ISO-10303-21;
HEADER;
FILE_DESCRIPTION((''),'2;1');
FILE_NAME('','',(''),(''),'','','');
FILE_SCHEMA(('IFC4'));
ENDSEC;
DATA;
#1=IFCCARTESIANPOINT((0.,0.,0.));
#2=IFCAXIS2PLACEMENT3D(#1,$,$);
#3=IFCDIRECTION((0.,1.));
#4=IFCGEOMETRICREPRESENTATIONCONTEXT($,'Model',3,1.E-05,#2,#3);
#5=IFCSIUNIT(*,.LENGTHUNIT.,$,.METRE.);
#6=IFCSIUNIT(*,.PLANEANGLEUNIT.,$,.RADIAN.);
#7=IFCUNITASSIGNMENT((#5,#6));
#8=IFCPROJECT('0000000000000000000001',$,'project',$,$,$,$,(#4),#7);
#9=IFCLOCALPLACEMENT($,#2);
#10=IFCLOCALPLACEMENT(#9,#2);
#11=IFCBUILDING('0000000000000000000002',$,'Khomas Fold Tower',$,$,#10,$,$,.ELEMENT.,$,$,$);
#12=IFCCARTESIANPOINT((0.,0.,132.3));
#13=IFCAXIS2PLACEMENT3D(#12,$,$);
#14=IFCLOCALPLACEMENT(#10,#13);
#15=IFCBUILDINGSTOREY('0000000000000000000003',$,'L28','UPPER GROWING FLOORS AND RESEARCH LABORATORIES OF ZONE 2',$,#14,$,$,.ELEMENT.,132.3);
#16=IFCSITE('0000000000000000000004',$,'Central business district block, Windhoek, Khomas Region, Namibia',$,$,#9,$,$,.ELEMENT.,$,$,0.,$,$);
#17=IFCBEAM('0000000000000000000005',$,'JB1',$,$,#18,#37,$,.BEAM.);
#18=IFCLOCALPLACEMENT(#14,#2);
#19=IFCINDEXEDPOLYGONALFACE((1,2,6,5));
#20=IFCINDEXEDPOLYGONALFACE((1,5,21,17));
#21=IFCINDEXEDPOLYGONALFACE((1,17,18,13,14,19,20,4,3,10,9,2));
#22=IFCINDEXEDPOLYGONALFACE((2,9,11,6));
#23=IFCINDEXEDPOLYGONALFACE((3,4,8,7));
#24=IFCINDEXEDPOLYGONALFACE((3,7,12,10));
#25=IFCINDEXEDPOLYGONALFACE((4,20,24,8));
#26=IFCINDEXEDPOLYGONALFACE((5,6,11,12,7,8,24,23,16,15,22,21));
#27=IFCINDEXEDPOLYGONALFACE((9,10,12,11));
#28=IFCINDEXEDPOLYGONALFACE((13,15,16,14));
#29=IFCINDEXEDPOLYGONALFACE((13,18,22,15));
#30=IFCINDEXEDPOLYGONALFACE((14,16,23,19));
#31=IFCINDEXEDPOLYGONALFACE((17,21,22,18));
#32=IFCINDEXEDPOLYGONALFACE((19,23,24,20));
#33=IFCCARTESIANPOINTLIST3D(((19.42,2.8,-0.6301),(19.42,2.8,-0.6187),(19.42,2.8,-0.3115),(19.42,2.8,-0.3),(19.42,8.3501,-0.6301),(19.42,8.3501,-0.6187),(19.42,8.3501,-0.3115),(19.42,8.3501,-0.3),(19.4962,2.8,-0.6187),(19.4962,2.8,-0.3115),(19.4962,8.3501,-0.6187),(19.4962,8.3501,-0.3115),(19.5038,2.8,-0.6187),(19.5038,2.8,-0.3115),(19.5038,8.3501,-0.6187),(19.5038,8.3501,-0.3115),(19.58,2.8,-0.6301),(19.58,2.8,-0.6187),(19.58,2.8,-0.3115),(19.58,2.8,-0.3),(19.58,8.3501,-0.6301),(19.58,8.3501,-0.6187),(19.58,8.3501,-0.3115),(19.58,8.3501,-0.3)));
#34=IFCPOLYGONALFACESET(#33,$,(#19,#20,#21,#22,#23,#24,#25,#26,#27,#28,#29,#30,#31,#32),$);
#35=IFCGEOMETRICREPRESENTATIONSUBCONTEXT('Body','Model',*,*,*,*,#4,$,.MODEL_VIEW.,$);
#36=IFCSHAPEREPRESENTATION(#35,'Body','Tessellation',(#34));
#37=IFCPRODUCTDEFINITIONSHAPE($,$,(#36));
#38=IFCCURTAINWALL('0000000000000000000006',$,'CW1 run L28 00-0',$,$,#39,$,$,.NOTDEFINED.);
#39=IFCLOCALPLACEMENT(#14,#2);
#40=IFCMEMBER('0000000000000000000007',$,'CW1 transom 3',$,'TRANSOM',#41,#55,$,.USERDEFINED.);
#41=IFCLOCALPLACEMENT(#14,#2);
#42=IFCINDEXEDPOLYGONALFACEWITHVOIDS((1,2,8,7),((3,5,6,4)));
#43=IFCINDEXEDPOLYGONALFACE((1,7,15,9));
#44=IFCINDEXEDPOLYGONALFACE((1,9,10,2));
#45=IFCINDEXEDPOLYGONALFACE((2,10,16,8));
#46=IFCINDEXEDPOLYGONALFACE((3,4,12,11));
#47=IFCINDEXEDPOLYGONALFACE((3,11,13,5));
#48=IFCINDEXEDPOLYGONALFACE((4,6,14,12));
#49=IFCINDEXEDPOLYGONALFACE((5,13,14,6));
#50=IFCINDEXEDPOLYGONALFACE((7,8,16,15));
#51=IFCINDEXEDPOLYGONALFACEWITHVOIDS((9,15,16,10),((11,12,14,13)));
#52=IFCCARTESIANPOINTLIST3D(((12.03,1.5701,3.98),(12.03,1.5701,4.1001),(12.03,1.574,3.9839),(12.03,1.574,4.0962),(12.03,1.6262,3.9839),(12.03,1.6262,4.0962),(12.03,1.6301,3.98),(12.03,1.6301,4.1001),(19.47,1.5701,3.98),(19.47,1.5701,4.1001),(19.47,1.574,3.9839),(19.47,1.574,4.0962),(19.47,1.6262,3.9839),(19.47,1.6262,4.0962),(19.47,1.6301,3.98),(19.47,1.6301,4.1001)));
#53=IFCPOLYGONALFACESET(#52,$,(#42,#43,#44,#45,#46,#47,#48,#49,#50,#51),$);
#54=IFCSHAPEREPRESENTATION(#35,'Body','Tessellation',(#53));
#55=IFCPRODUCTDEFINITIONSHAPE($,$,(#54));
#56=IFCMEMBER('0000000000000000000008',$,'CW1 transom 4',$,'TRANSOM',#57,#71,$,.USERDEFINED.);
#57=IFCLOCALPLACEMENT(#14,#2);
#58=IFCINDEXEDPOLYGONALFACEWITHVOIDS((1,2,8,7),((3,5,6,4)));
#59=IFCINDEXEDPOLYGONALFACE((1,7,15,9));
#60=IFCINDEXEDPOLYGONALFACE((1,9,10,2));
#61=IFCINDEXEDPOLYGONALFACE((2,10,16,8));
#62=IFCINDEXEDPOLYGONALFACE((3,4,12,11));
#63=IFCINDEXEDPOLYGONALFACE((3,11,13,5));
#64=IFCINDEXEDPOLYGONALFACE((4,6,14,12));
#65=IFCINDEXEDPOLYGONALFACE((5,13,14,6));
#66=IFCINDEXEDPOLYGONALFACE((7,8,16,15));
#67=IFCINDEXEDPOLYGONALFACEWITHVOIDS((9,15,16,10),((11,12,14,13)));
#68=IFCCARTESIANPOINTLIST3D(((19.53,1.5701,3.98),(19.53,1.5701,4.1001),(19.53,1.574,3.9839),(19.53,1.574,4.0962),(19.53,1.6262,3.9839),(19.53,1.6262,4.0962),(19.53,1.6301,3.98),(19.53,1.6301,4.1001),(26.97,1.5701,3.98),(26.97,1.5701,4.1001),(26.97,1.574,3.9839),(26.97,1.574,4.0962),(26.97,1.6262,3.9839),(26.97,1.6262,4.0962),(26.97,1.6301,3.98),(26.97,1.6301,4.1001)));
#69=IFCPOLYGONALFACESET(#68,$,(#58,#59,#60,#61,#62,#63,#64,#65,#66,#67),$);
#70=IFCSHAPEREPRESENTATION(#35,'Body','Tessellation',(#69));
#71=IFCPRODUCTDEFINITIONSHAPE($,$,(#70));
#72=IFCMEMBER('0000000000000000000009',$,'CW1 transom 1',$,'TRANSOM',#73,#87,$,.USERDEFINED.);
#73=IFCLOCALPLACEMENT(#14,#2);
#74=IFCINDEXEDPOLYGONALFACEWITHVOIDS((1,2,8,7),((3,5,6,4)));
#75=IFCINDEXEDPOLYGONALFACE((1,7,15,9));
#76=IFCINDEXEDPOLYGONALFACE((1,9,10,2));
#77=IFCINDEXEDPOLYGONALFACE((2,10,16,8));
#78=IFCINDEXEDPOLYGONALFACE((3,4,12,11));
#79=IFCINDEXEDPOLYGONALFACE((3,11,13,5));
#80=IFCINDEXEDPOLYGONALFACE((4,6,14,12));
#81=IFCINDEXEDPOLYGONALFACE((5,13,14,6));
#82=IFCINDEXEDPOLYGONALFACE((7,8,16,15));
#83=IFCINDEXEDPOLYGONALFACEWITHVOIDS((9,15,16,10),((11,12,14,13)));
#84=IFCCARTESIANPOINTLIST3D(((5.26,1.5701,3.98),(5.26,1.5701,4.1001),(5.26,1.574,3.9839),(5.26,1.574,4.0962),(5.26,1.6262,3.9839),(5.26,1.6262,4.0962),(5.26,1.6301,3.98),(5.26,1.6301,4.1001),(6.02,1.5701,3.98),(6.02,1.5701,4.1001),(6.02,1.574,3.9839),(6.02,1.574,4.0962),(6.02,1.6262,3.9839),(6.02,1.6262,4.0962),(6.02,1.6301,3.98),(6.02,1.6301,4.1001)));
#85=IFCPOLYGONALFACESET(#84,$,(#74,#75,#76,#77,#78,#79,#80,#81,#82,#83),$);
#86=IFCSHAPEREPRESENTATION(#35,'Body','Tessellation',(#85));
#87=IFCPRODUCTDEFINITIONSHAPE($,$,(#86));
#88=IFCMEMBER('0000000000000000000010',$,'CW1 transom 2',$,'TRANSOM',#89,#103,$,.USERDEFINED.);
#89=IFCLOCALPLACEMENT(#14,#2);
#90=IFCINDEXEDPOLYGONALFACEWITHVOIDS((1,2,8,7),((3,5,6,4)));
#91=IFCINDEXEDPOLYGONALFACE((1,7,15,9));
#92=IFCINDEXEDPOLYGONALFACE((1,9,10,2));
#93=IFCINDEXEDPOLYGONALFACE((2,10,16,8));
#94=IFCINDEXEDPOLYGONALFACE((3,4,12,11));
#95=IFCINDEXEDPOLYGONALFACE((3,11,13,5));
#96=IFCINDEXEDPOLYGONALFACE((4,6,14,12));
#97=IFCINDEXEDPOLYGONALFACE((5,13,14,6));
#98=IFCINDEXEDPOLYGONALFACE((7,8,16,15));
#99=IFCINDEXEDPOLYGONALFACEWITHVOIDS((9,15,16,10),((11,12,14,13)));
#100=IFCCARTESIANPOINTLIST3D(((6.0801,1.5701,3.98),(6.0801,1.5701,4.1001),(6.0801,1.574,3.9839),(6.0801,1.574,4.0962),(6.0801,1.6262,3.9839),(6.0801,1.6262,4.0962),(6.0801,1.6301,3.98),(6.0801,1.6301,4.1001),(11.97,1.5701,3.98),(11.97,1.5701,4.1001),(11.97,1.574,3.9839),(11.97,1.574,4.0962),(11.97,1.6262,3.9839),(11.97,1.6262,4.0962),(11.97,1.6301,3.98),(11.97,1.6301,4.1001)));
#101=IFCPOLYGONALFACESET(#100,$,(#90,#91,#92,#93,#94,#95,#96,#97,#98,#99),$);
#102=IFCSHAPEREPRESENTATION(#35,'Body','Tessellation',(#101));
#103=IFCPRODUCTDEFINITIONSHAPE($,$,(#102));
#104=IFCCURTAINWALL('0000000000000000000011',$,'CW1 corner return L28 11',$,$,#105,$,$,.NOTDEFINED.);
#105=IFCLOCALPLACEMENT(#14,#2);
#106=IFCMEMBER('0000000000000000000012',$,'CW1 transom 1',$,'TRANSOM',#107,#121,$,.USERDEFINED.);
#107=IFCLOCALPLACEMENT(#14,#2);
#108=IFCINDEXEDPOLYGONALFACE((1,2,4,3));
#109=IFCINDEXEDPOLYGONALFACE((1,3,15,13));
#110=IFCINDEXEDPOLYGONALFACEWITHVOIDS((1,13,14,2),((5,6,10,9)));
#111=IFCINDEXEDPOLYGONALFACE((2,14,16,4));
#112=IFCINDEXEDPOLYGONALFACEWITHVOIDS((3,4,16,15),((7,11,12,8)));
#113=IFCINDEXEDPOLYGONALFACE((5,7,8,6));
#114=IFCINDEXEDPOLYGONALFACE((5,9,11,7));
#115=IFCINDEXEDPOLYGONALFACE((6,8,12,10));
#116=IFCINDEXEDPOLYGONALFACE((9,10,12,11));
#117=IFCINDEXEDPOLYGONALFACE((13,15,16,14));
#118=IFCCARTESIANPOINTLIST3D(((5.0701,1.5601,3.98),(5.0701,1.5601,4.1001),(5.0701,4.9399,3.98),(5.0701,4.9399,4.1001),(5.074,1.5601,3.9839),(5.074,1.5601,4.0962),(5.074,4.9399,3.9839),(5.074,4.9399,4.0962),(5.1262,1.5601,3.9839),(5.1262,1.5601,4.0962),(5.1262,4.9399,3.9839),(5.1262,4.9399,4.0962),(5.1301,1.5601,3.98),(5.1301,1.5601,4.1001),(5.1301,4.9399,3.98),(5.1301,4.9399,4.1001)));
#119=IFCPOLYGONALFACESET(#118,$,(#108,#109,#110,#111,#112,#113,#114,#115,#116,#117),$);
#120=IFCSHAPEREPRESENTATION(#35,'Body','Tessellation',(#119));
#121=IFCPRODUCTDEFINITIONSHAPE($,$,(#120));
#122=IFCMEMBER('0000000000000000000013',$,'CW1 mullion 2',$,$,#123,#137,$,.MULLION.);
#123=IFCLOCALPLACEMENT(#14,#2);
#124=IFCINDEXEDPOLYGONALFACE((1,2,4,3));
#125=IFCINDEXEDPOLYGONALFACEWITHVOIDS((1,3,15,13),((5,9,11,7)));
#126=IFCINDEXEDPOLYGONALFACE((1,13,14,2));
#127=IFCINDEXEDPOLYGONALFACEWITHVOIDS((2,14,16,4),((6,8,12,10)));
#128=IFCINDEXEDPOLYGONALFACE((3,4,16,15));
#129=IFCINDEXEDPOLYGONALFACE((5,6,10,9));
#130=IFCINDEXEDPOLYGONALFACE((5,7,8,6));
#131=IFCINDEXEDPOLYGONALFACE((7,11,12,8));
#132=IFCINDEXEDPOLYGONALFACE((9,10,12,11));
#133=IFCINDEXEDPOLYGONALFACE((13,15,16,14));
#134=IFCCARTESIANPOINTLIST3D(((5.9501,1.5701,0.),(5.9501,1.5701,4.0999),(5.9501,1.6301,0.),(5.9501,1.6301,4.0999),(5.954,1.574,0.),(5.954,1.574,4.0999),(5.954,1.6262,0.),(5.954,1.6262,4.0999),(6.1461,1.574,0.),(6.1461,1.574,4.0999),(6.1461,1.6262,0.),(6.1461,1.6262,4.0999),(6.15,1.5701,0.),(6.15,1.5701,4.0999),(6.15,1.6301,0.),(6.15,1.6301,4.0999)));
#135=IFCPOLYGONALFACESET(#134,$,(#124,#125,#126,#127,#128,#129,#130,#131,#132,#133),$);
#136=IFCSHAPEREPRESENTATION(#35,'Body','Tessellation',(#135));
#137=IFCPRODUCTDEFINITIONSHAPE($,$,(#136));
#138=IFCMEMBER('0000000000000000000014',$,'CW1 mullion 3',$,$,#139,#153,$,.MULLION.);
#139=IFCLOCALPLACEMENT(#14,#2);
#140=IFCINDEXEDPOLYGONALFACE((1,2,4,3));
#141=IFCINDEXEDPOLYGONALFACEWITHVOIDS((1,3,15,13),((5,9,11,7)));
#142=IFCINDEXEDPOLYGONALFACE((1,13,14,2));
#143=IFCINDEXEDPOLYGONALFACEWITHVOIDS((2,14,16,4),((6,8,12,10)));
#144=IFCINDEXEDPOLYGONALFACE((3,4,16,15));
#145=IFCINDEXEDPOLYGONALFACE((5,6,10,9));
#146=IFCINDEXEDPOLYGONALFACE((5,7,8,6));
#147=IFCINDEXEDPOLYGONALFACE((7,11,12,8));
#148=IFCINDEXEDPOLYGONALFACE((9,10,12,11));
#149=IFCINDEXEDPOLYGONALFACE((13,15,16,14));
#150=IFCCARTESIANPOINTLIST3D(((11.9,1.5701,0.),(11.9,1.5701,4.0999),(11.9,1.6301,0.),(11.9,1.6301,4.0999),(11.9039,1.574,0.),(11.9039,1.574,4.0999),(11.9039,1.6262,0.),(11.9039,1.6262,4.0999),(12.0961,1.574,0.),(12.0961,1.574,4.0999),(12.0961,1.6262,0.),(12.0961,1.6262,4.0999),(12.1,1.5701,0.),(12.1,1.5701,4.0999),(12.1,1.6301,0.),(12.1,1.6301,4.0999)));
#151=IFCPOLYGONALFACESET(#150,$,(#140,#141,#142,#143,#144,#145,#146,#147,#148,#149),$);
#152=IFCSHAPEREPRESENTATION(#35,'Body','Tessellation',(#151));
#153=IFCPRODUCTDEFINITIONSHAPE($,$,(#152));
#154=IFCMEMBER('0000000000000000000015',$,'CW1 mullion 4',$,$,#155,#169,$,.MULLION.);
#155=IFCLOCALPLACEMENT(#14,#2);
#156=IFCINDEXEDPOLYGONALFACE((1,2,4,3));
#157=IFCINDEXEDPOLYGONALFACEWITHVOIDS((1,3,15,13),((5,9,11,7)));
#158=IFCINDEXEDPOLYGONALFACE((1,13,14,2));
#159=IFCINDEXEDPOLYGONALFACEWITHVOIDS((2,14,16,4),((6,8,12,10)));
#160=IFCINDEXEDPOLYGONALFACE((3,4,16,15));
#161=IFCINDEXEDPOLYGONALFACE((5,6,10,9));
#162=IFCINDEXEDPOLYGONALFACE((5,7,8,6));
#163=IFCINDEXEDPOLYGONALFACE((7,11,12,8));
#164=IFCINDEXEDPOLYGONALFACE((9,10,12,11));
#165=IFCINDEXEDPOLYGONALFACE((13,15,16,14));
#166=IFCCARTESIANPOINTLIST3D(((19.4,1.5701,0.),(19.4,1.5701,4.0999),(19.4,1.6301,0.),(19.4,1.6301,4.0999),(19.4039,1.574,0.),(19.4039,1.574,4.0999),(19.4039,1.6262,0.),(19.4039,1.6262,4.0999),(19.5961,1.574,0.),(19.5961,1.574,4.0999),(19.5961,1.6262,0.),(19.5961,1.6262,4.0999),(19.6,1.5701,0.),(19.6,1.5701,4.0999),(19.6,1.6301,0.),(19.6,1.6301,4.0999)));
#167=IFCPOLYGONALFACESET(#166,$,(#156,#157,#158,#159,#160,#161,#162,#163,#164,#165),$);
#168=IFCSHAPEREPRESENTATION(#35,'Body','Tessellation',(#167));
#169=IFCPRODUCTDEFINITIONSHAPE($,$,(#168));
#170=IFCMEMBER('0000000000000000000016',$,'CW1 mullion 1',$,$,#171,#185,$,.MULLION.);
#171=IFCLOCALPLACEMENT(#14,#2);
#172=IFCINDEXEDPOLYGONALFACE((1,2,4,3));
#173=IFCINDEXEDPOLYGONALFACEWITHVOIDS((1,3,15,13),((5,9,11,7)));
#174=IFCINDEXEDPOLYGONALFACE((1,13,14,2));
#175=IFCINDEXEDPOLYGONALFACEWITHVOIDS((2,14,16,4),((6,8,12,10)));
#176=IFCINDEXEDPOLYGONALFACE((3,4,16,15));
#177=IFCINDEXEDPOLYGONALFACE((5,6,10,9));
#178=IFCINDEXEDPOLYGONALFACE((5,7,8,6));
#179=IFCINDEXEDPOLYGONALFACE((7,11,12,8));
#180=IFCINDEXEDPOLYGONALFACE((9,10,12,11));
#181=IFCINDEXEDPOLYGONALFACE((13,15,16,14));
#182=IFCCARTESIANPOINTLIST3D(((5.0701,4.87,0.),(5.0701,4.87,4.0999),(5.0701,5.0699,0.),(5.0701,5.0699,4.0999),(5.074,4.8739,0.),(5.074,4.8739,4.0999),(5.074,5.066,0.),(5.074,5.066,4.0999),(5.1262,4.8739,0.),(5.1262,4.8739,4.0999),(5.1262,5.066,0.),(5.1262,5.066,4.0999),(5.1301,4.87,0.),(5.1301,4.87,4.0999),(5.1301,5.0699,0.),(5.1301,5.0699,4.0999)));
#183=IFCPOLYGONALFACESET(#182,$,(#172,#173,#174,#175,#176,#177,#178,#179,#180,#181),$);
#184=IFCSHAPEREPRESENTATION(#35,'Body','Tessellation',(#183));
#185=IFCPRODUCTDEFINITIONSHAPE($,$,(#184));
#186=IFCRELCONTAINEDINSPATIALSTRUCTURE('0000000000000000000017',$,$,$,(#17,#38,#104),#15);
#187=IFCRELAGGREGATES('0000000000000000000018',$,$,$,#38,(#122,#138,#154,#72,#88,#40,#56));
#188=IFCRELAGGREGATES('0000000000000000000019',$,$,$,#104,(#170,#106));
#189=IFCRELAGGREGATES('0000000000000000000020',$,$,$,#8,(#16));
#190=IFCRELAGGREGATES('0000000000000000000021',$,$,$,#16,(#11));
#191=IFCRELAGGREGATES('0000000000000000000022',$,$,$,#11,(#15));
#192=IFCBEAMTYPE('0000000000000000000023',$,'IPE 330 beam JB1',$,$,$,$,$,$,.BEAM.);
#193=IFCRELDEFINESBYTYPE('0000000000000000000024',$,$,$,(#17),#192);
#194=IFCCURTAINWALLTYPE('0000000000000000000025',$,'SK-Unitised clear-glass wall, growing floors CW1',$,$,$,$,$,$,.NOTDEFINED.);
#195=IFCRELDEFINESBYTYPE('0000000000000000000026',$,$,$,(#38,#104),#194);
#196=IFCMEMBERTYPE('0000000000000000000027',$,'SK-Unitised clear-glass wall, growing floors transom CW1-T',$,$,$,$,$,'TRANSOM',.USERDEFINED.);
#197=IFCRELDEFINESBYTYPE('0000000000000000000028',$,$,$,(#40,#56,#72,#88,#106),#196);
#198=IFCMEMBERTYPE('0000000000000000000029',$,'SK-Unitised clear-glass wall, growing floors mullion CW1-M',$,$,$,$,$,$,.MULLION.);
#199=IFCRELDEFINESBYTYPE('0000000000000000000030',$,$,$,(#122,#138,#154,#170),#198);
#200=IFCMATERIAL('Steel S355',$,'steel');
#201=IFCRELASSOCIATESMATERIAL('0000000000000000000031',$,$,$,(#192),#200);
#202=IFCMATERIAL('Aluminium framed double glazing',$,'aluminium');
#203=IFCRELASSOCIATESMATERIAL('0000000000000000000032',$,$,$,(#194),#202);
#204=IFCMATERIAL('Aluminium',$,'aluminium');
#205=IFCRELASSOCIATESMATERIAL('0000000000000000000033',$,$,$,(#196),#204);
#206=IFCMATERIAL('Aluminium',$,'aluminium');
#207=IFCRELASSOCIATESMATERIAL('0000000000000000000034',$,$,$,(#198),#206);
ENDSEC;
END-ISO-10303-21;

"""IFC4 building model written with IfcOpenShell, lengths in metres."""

from ifc_helpers import new_model, si_unit, direction, frame, origin, origin_2d, place, context, subcontext, project, spatial, hollow_rectangle, i_section, extrude, source, transform, mapped, material, material_profile, profile_set, type_object, element, aggregate, save


model = new_model("IFC4")

# Units and contexts
model_context = context("Model", 3, precision=1e-05, world=origin(), true_north=direction((0.0, 1.0)))
body_context = subcontext(model_context, "Body", "Model", "MODEL_VIEW")
ifc_project = project(units=[si_unit("LENGTHUNIT", "METRE"), si_unit("PLANEANGLEUNIT", "RADIAN")], contexts=[model_context])

# Site, building, storey
site_placement = place(None, origin())
site = spatial("IfcSite", under=ifc_project, at=site_placement, Name="Central business district block, Windhoek, Khomas Region, Namibia", CompositionType="ELEMENT", RefElevation=0.0)
building_placement = place(site_placement, origin())
building = spatial("IfcBuilding", under=site, at=building_placement, Name="Khomas Fold Tower", CompositionType="ELEMENT")
storey_placement = place(building_placement, frame((0.0, 0.0, 132.3)))
storey = spatial("IfcBuildingStorey", under=building, at=storey_placement, Name="L28", Description="UPPER GROWING FLOORS AND RESEARCH LABORATORIES OF ZONE 2", CompositionType="ELEMENT", Elevation=132.3)

# Beam
ifc_material_1 = material(Name="Steel S355", Category="steel")
ifc_material_profile_1 = material_profile(ifc_material_1, i_section(OverallWidth=0.1599, OverallDepth=0.3301, WebThickness=0.0076, FlangeThickness=0.0115, at=origin_2d()), Name="IPE 330")
ifc_profile_set_1 = profile_set([ifc_material_profile_1], Name="Steel S355")
beam_type_1 = type_object("IfcBeamType", Name="IPE 330 beam JB1", PredefinedType="BEAM", material=ifc_profile_set_1)
shared_shape_1 = source(origin(), body_context, "Body", "SweptSolid", [
    extrude(i_section(OverallWidth=0.1599, OverallDepth=0.3301, WebThickness=0.0076, FlangeThickness=0.0115, at=origin_2d()), origin(), (0.0, 0.0, 1.0), 5.55),
])
beam_1_placement = place(storey_placement, frame((19.5, 2.8, -0.4651), z_axis=(0.0, 1.0, 0.0), x_axis=(-1.0, 0.0, 0.0)))
element("IfcBeam", 1, at=beam_1_placement, inside=storey, type_object=beam_type_1, Name="JB1", PredefinedType="BEAM", context=body_context, shape_type="MappedRepresentation", body=[
    mapped(shared_shape_1, transform((0.0, 0.0, 0.0))),
])

# Curtain wall, members
ifc_material_2 = material(Name="Aluminium framed double glazing", Category="aluminium")
curtain_wall_type = type_object("IfcCurtainWallType", Name="SK-Unitised clear-glass wall, growing floors CW1", PredefinedType="NOTDEFINED", material=ifc_material_2)
curtain_wall_1_placement = place(storey_placement, origin())
curtain_wall_1 = element("IfcCurtainWall", 2, at=curtain_wall_1_placement, inside=storey, type_object=curtain_wall_type, Name="CW1 run L28 00-0", PredefinedType="NOTDEFINED")
ifc_material_3 = material(Name="Aluminium", Category="aluminium")
ifc_material_profile_2 = material_profile(ifc_material_3, hollow_rectangle(XDim=0.0601, YDim=0.1201, WallThickness=0.0039, at=origin_2d()), Name="SK-Unitised clear-glass wall, growing floors transom CW1-T")
ifc_profile_set_2 = profile_set([ifc_material_profile_2], Name="Aluminium")
member_type_1 = type_object("IfcMemberType", Name="SK-Unitised clear-glass wall, growing floors transom CW1-T", ElementType="TRANSOM", PredefinedType="USERDEFINED", material=ifc_profile_set_2)
shared_shape_2 = source(origin(), body_context, "Body", "SweptSolid", [
    extrude(hollow_rectangle(XDim=0.0601, YDim=0.1201, WallThickness=0.0039, at=origin_2d()), origin(), (0.0, 0.0, 1.0), 7.4399),
])
member_1_placement = place(storey_placement, frame((12.03, 1.6001, 4.04), z_axis=(1.0, 0.0, 0.0), x_axis=(0.0, 1.0, 0.0)))
member_1 = element("IfcMember", 3, at=member_1_placement, type_object=member_type_1, Name="CW1 transom 3", ObjectType="TRANSOM", PredefinedType="USERDEFINED", context=body_context, shape_type="MappedRepresentation", body=[
    mapped(shared_shape_2, transform((0.0, 0.0, 0.0))),
])
member_2_placement = place(storey_placement, frame((19.53, 1.6001, 4.04), z_axis=(1.0, 0.0, 0.0), x_axis=(0.0, 1.0, 0.0)))
member_2 = element("IfcMember", 4, at=member_2_placement, type_object=member_type_1, Name="CW1 transom 4", ObjectType="TRANSOM", PredefinedType="USERDEFINED", context=body_context, shape_type="MappedRepresentation", body=[
    mapped(shared_shape_2, transform((0.0, 0.0, 0.0))),
])
shared_shape_3 = source(origin(), body_context, "Body", "SweptSolid", [
    extrude(hollow_rectangle(XDim=0.0601, YDim=0.1201, WallThickness=0.0039, at=origin_2d()), origin(), (0.0, 0.0, 1.0), 0.76),
])
member_3_placement = place(storey_placement, frame((5.26, 1.6001, 4.04), z_axis=(1.0, 0.0, 0.0), x_axis=(0.0, 1.0, 0.0)))
member_3 = element("IfcMember", 5, at=member_3_placement, type_object=member_type_1, Name="CW1 transom 1", ObjectType="TRANSOM", PredefinedType="USERDEFINED", context=body_context, shape_type="MappedRepresentation", body=[
    mapped(shared_shape_3, transform((0.0, 0.0, 0.0))),
])
shared_shape_4 = source(origin(), body_context, "Body", "SweptSolid", [
    extrude(hollow_rectangle(XDim=0.0601, YDim=0.1201, WallThickness=0.0039, at=origin_2d()), origin(), (0.0, 0.0, 1.0), 5.8899),
])
member_4_placement = place(storey_placement, frame((6.0801, 1.6001, 4.04), z_axis=(1.0, 0.0, 0.0), x_axis=(0.0, 1.0, 0.0)))
member_4 = element("IfcMember", 6, at=member_4_placement, type_object=member_type_1, Name="CW1 transom 2", ObjectType="TRANSOM", PredefinedType="USERDEFINED", context=body_context, shape_type="MappedRepresentation", body=[
    mapped(shared_shape_4, transform((0.0, 0.0, 0.0))),
])

# Curtain wall, member
curtain_wall_2_placement = place(storey_placement, origin())
curtain_wall_2 = element("IfcCurtainWall", 7, at=curtain_wall_2_placement, inside=storey, type_object=curtain_wall_type, Name="CW1 corner return L28 11", PredefinedType="NOTDEFINED")
shared_shape_5 = source(origin(), body_context, "Body", "SweptSolid", [
    extrude(hollow_rectangle(XDim=0.0601, YDim=0.1201, WallThickness=0.0039, at=origin_2d()), origin(), (0.0, 0.0, 1.0), 3.3799),
])
member_5_placement = place(storey_placement, frame((5.1001, 4.9399, 4.04), z_axis=(0.0, -1.0, 0.0), x_axis=(1.0, 0.0, 0.0)))
member_5 = element("IfcMember", 8, at=member_5_placement, type_object=member_type_1, Name="CW1 transom 1", ObjectType="TRANSOM", PredefinedType="USERDEFINED", context=body_context, shape_type="MappedRepresentation", body=[
    mapped(shared_shape_5, transform((0.0, 0.0, 0.0))),
])

# Members
ifc_material_4 = material(Name="Aluminium", Category="aluminium")
ifc_material_profile_3 = material_profile(ifc_material_4, hollow_rectangle(XDim=0.0601, YDim=0.2, WallThickness=0.0039, at=origin_2d()), Name="SK-Unitised clear-glass wall, growing floors mullion CW1-M")
ifc_profile_set_3 = profile_set([ifc_material_profile_3], Name="Aluminium")
member_type_2 = type_object("IfcMemberType", Name="SK-Unitised clear-glass wall, growing floors mullion CW1-M", PredefinedType="MULLION", material=ifc_profile_set_3)
shared_shape_6 = source(origin(), body_context, "Body", "SweptSolid", [
    extrude(hollow_rectangle(XDim=0.0601, YDim=0.2, WallThickness=0.0039, at=origin_2d()), origin(), (0.0, 0.0, 1.0), 4.0999),
])
member_6_placement = place(storey_placement, frame((6.05, 1.6001, 0.0), z_axis=(0.0, 0.0, 1.0), x_axis=(0.0, 1.0, 0.0)))
member_6 = element("IfcMember", 9, at=member_6_placement, type_object=member_type_2, Name="CW1 mullion 2", PredefinedType="MULLION", context=body_context, shape_type="MappedRepresentation", body=[
    mapped(shared_shape_6, transform((0.0, 0.0, 0.0))),
])
member_7_placement = place(storey_placement, frame((12.0, 1.6001, 0.0), z_axis=(0.0, 0.0, 1.0), x_axis=(0.0, 1.0, 0.0)))
member_7 = element("IfcMember", 10, at=member_7_placement, type_object=member_type_2, Name="CW1 mullion 3", PredefinedType="MULLION", context=body_context, shape_type="MappedRepresentation", body=[
    mapped(shared_shape_6, transform((0.0, 0.0, 0.0))),
])
member_8_placement = place(storey_placement, frame((19.5, 1.6001, 0.0), z_axis=(0.0, 0.0, 1.0), x_axis=(0.0, 1.0, 0.0)))
member_8 = element("IfcMember", 11, at=member_8_placement, type_object=member_type_2, Name="CW1 mullion 4", PredefinedType="MULLION", context=body_context, shape_type="MappedRepresentation", body=[
    mapped(shared_shape_6, transform((0.0, 0.0, 0.0))),
])
member_9_placement = place(storey_placement, frame((5.1001, 4.97, 0.0), z_axis=(0.0, 0.0, 1.0), x_axis=(1.0, 0.0, 0.0)))
member_9 = element("IfcMember", 12, at=member_9_placement, type_object=member_type_2, Name="CW1 mullion 1", PredefinedType="MULLION", context=body_context, shape_type="MappedRepresentation", body=[
    mapped(shared_shape_6, transform((0.0, 0.0, 0.0))),
])

aggregate(curtain_wall_1, [member_6, member_7, member_8, member_3, member_4, member_1, member_2])
aggregate(curtain_wall_2, [member_9, member_5])

save(model, "model.ifc")
